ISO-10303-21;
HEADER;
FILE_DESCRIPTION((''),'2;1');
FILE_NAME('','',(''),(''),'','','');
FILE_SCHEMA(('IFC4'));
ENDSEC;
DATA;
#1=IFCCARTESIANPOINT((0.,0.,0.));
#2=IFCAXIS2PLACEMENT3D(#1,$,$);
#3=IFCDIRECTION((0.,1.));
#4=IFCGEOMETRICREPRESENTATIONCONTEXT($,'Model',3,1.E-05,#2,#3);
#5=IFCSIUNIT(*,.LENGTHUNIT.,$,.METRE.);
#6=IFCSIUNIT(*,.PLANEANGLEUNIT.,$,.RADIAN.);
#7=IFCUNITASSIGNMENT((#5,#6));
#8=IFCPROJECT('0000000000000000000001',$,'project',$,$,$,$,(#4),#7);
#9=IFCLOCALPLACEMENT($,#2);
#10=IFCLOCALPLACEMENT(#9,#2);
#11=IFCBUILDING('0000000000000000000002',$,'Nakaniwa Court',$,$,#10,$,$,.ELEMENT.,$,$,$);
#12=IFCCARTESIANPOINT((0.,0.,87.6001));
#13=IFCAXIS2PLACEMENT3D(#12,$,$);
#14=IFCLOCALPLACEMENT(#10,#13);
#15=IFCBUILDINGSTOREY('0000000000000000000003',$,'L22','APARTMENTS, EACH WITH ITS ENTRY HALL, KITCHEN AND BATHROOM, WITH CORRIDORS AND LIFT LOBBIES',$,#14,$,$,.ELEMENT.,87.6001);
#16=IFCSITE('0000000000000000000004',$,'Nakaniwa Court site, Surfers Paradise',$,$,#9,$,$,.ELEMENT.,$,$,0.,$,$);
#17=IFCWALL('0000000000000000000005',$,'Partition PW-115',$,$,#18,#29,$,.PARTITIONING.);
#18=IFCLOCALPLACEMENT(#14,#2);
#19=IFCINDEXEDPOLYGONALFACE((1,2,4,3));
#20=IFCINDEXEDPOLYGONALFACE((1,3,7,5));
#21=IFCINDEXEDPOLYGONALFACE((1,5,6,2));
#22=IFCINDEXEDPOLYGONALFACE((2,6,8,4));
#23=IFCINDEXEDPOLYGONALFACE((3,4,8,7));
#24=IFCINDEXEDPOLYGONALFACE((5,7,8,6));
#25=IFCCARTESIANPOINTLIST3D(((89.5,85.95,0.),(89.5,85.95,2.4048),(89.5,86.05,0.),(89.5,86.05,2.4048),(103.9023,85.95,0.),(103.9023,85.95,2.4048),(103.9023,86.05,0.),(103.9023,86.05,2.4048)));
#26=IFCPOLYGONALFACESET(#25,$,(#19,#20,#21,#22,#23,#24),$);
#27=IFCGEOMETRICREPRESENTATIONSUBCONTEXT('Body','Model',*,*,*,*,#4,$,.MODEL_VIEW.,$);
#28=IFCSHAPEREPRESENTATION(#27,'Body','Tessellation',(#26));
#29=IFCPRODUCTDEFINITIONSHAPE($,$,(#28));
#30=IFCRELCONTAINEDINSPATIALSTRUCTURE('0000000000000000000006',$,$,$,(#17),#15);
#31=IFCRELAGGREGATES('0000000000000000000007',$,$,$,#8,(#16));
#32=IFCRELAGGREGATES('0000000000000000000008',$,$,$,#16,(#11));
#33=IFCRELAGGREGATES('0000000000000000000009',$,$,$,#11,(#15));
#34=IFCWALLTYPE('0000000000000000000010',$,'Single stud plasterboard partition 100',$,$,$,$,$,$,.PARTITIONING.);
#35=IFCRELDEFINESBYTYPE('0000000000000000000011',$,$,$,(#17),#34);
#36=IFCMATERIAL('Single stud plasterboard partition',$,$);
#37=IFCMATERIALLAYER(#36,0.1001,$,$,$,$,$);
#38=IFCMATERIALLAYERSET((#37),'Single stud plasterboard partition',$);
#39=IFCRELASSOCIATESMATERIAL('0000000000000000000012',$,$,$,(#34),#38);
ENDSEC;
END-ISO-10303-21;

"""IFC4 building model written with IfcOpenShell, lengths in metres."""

from ifc_helpers import new_model, si_unit, direction, frame, frame_2d, origin, place, context, subcontext, project, spatial, rectangle, extrude, material, layer, layer_set, type_object, element, save


model = new_model("IFC4")

# Units and contexts
model_context = context("Model", 3, precision=1e-05, world=origin(), true_north=direction((0.0, 1.0)))
body_context = subcontext(model_context, "Body", "Model", "MODEL_VIEW")
ifc_project = project(units=[si_unit("LENGTHUNIT", "METRE"), si_unit("PLANEANGLEUNIT", "RADIAN")], contexts=[model_context])

# Site, building, storey
site_placement = place(None, origin())
site = spatial("IfcSite", under=ifc_project, at=site_placement, Name="Nakaniwa Court site, Surfers Paradise", CompositionType="ELEMENT", RefElevation=0.0)
building_placement = place(site_placement, origin())
building = spatial("IfcBuilding", under=site, at=building_placement, Name="Nakaniwa Court", CompositionType="ELEMENT")
storey_placement = place(building_placement, frame((0.0, 0.0, 87.6001)))
storey = spatial("IfcBuildingStorey", under=building, at=storey_placement, Name="L22", Description="APARTMENTS, EACH WITH ITS ENTRY HALL, KITCHEN AND BATHROOM, WITH CORRIDORS AND LIFT LOBBIES", CompositionType="ELEMENT", Elevation=87.6001)

# Wall
ifc_material_1 = material(Name="Single stud plasterboard partition")
ifc_layer_1 = layer(ifc_material_1, 0.1001)
ifc_layer_set_1 = layer_set([ifc_layer_1], Name="Single stud plasterboard partition")
wall_type_1 = type_object("IfcWallType", Name="Single stud plasterboard partition 100", PredefinedType="PARTITIONING", material=ifc_layer_set_1)
wall_1_placement = place(storey_placement, frame((89.5, 86.0, 0.0), z_axis=(0.0, 0.0, 1.0), x_axis=(1.0, 0.0, 0.0)))
element("IfcWall", 1, at=wall_1_placement, inside=storey, type_object=wall_type_1, Name="Partition PW-115", PredefinedType="PARTITIONING", context=body_context, shape_type="SweptSolid", body=[
    extrude(rectangle(XDim=14.4023, YDim=0.1001, at=frame_2d((7.2012, 0.0))), origin(), (0.0, 0.0, 1.0), 2.4048),
])

save(model, "model.ifc")
